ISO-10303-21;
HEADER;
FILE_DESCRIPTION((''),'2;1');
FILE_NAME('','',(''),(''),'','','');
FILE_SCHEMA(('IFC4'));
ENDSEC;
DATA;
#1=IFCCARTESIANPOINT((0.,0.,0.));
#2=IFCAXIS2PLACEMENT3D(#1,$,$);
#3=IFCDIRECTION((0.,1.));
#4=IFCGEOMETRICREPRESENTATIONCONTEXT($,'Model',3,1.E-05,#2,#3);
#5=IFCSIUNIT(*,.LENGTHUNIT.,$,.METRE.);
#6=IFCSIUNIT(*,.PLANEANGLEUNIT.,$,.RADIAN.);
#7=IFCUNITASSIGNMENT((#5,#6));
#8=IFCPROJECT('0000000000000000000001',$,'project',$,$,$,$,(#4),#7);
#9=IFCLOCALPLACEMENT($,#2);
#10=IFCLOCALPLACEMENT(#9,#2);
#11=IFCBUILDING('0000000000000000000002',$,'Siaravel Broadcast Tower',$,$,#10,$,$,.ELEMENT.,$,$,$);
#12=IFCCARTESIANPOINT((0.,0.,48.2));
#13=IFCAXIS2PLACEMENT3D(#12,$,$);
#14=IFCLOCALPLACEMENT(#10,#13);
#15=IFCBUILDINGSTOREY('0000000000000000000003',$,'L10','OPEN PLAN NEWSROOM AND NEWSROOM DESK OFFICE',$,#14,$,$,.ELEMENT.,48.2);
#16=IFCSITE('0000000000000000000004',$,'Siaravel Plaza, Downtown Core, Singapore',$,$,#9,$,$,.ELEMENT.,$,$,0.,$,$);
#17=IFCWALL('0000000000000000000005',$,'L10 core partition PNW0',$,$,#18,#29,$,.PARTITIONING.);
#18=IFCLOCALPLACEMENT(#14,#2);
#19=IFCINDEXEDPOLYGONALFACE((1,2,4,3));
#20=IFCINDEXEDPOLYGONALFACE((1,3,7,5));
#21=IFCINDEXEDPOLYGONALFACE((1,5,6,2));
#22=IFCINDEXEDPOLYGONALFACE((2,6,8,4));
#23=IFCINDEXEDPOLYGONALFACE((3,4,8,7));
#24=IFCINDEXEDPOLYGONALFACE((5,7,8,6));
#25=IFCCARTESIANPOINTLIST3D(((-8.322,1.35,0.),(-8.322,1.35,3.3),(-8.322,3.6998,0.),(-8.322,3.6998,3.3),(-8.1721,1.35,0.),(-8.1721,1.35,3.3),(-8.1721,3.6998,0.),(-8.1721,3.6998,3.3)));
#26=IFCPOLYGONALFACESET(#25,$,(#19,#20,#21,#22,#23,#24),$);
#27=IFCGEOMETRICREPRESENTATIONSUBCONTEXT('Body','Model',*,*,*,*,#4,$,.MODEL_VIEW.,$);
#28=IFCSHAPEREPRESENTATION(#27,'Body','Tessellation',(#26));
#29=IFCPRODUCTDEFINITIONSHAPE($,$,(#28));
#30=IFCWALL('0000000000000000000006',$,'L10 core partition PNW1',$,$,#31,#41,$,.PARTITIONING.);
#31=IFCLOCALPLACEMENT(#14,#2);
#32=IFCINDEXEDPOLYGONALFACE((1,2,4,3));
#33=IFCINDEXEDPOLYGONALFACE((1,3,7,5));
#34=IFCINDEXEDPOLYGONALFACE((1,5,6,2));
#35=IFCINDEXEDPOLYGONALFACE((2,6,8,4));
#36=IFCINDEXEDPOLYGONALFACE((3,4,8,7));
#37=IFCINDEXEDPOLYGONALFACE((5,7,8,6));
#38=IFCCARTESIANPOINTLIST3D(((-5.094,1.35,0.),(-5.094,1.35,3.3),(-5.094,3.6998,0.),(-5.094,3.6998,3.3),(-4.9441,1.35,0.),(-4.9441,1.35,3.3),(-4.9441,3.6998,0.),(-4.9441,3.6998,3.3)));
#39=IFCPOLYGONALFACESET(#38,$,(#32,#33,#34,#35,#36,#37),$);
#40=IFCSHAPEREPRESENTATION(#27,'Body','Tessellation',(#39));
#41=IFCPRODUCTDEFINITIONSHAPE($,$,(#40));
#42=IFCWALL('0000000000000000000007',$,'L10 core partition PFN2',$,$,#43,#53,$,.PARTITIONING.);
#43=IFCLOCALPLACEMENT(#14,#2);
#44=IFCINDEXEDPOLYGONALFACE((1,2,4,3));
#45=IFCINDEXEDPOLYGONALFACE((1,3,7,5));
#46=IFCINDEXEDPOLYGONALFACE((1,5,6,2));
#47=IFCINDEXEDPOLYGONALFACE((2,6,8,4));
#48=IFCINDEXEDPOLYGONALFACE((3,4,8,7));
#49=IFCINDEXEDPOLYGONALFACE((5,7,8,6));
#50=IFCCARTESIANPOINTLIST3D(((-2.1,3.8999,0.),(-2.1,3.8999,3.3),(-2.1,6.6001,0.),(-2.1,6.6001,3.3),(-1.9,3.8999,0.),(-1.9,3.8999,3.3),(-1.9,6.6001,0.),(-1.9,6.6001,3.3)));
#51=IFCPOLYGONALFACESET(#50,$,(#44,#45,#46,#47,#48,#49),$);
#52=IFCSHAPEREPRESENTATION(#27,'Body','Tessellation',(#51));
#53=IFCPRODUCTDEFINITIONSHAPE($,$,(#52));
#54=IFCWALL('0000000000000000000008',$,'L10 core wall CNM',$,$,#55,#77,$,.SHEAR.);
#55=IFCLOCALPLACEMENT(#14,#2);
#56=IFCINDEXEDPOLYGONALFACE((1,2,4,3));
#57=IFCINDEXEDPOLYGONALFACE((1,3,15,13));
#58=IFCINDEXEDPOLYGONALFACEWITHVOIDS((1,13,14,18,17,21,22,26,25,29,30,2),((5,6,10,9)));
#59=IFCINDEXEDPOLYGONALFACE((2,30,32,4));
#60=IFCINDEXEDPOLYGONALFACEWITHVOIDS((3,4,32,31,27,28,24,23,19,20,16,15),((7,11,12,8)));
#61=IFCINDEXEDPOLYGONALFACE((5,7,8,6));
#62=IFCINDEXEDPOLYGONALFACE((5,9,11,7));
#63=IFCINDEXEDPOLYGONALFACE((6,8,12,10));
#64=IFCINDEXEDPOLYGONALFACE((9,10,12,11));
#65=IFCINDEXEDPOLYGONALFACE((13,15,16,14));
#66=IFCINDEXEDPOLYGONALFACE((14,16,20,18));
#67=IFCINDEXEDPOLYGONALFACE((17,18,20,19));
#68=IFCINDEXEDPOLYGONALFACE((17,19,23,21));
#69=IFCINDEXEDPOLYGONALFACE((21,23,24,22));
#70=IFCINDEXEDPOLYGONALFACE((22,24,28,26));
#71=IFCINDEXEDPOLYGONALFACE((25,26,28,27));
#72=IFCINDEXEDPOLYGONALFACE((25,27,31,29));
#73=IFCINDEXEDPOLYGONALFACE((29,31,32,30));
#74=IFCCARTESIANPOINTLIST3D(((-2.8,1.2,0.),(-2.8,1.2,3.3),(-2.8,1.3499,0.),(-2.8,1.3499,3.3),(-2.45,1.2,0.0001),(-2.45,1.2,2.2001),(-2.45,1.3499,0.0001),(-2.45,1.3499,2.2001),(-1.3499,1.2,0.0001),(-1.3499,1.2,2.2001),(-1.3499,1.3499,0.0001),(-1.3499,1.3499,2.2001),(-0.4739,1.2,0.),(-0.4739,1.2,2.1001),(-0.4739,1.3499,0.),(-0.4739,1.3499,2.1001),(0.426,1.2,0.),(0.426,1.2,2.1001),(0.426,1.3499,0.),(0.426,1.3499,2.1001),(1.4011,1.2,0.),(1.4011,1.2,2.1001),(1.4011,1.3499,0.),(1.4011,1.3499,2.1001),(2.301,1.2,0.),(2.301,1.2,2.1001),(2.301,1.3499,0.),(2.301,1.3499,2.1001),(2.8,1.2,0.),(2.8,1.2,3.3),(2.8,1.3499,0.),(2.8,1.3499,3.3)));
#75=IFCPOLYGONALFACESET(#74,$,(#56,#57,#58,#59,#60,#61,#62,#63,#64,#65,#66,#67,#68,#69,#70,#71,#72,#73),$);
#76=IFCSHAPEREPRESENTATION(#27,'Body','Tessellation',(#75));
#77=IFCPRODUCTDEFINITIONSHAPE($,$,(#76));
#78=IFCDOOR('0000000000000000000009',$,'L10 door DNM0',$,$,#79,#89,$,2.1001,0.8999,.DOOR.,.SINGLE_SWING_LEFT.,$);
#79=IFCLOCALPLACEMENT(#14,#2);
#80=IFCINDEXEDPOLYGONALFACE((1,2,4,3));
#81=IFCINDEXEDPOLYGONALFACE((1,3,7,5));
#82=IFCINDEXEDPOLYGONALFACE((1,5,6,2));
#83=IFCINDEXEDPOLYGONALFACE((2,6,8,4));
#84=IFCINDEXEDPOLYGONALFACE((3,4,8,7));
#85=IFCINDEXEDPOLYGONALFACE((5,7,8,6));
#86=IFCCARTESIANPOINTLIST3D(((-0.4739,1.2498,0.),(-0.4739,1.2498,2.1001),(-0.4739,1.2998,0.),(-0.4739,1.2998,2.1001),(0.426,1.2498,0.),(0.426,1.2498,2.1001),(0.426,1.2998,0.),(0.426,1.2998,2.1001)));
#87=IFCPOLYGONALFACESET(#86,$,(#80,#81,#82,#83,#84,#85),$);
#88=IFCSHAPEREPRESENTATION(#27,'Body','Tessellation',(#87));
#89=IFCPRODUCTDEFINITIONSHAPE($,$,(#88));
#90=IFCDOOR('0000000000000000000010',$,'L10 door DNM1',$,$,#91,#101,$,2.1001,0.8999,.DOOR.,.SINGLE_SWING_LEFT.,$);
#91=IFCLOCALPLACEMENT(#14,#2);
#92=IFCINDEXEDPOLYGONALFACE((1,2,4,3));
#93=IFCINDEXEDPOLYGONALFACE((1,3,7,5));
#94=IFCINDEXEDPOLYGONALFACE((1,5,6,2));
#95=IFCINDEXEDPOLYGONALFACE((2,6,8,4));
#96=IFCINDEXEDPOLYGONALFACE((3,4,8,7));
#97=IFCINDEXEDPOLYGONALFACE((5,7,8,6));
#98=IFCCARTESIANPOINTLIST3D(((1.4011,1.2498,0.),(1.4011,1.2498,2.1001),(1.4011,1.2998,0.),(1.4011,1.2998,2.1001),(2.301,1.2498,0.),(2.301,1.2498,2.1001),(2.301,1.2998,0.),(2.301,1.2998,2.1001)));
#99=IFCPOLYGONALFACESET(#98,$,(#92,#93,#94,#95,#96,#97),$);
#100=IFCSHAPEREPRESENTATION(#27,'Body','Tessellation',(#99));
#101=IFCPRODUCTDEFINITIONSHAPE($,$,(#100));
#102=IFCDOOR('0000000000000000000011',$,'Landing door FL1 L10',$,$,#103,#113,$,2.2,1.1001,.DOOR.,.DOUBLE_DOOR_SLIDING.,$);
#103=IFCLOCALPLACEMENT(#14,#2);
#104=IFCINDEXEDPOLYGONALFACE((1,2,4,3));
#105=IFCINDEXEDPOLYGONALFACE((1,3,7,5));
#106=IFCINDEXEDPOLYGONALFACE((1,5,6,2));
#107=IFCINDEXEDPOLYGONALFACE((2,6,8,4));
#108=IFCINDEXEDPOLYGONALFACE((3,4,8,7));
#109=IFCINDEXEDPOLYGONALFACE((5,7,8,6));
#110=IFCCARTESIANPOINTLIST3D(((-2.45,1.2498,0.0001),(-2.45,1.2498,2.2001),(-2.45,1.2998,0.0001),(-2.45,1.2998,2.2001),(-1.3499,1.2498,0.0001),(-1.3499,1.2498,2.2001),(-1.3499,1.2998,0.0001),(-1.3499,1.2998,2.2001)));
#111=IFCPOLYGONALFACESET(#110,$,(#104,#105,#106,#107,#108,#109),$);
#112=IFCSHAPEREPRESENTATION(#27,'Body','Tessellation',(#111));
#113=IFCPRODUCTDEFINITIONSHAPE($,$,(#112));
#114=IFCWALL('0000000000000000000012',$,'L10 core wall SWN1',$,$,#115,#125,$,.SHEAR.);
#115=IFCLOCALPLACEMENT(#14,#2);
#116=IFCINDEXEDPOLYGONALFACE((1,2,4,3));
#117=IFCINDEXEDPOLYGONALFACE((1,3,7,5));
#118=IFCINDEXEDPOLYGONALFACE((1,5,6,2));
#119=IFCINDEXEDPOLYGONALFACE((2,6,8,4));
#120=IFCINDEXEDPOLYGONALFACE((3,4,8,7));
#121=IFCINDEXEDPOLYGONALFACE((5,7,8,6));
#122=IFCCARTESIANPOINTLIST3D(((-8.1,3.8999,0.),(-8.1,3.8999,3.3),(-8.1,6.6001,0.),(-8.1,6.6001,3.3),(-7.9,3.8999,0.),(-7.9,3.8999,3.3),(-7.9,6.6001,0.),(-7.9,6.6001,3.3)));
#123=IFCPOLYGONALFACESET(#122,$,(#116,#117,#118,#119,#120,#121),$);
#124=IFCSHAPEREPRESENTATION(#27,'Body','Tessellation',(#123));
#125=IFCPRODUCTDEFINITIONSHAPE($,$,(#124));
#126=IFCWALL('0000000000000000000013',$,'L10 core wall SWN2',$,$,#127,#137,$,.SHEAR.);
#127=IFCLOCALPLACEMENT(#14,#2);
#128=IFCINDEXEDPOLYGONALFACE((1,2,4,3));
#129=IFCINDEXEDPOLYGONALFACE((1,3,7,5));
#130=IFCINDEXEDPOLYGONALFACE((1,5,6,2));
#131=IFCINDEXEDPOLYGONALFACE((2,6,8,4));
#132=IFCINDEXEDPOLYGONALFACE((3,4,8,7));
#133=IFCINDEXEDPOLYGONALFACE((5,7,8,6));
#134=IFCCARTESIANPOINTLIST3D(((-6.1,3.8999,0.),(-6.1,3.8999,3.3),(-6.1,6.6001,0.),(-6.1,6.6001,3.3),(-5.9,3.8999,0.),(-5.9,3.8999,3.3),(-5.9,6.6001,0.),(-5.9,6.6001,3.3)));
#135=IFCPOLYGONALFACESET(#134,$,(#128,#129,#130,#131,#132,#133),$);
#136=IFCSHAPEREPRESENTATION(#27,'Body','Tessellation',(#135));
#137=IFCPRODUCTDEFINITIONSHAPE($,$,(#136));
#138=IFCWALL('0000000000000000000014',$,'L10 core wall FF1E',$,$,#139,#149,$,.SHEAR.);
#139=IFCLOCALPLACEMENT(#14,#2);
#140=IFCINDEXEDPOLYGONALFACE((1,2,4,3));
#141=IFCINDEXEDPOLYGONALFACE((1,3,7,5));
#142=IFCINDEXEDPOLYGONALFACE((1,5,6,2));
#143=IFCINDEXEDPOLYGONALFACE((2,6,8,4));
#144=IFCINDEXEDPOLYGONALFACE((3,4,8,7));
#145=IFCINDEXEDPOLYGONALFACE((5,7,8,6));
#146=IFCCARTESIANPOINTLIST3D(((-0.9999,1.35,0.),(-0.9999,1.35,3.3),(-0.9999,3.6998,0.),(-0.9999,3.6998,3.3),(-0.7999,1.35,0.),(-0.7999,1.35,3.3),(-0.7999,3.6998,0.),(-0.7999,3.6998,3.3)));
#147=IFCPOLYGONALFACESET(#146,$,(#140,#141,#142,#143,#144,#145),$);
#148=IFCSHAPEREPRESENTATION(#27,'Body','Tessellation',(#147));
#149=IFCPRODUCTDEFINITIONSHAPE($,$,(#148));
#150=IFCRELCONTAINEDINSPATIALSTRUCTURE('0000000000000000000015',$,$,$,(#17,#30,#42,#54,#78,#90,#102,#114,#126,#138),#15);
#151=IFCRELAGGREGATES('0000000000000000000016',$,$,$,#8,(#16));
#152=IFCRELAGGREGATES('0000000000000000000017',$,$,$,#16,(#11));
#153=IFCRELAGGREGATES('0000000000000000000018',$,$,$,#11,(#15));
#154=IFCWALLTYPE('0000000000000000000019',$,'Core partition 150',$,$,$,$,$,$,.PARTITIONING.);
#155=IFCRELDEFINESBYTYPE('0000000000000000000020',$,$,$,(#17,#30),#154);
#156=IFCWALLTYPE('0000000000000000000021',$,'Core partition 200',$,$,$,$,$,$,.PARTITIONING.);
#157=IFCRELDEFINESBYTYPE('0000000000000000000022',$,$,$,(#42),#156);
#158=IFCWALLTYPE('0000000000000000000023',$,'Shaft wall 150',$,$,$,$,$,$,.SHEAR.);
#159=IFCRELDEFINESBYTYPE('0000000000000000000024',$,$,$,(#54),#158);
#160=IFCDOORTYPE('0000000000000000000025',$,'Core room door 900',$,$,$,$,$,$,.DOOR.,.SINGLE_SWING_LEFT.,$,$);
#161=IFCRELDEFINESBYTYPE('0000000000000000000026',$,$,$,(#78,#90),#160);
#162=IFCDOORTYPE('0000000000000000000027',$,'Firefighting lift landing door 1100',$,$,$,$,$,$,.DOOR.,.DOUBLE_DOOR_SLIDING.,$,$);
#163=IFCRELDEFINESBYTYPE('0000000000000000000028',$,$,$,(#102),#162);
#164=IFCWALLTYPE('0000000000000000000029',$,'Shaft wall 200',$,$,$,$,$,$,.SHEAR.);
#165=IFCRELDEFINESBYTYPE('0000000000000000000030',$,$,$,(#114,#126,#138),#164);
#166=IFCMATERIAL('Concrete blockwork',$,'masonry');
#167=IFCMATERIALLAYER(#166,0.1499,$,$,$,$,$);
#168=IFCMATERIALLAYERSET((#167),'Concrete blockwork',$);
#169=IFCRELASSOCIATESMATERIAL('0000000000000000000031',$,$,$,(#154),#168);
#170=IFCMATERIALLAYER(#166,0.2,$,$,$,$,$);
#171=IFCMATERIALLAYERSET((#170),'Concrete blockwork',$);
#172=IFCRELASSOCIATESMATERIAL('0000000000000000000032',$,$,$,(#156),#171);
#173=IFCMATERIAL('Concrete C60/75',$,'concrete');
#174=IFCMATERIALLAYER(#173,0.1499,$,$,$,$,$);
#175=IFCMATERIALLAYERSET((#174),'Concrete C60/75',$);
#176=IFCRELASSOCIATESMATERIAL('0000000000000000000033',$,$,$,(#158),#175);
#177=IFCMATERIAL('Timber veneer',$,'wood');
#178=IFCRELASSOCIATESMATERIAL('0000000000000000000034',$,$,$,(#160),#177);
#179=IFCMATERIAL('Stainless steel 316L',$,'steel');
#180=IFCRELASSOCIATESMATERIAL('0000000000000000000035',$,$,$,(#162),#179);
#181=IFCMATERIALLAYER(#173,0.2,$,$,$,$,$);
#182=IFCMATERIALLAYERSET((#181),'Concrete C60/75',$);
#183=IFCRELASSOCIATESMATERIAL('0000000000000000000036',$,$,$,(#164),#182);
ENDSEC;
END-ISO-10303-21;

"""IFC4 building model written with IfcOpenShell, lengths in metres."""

from ifc_helpers import new_model, si_unit, direction, frame, frame_2d, origin, place, context, subcontext, project, spatial, rectangle, extrude, material, layer, layer_set, type_object, element, fill, save


model = new_model("IFC4")

# Units and contexts
model_context = context("Model", 3, precision=1e-05, world=origin(), true_north=direction((0.0, 1.0)))
body_context = subcontext(model_context, "Body", "Model", "MODEL_VIEW")
ifc_project = project(units=[si_unit("LENGTHUNIT", "METRE"), si_unit("PLANEANGLEUNIT", "RADIAN")], contexts=[model_context])

# Site, building, storey
site_placement = place(None, origin())
site = spatial("IfcSite", under=ifc_project, at=site_placement, Name="Siaravel Plaza, Downtown Core, Singapore", CompositionType="ELEMENT", RefElevation=0.0)
building_placement = place(site_placement, origin())
building = spatial("IfcBuilding", under=site, at=building_placement, Name="Siaravel Broadcast Tower", CompositionType="ELEMENT")
storey_placement = place(building_placement, frame((0.0, 0.0, 48.2)))
storey = spatial("IfcBuildingStorey", under=building, at=storey_placement, Name="L10", Description="OPEN PLAN NEWSROOM AND NEWSROOM DESK OFFICE", CompositionType="ELEMENT", Elevation=48.2)

# Walls
ifc_material_1 = material(Name="Concrete blockwork", Category="masonry")
ifc_layer_1 = layer(ifc_material_1, 0.1499)
ifc_layer_set_1 = layer_set([ifc_layer_1], Name="Concrete blockwork")
wall_type_1 = type_object("IfcWallType", Name="Core partition 150", PredefinedType="PARTITIONING", material=ifc_layer_set_1)
for number, where, z_axis, x_axis, name in (
    (1, (-8.2471, 1.3501, 0.0), (0.0, 0.0, 1.0), (0.0, 1.0, 0.0), "L10 core partition PNW0"),
    (2, (-5.019, 1.3501, 0.0), (0.0, 0.0, 1.0), (0.0, 1.0, 0.0), "L10 core partition PNW1"),
):
    element("IfcWall", number, at=place(storey_placement, frame(where, z_axis=z_axis, x_axis=x_axis)), inside=storey, type_object=wall_type_1, Name=name, PredefinedType="PARTITIONING", context=body_context, shape_type="SweptSolid", body=[
        extrude(rectangle(XDim=2.3499, YDim=0.1499, at=frame_2d((1.1748, 0.0))), origin(), (0.0, 0.0, 1.0), 3.3),
    ])
ifc_layer_2 = layer(ifc_material_1, 0.2)
ifc_layer_set_2 = layer_set([ifc_layer_2], Name="Concrete blockwork")
wall_type_2 = type_object("IfcWallType", Name="Core partition 200", PredefinedType="PARTITIONING", material=ifc_layer_set_2)
wall_1_placement = place(storey_placement, frame((-2.0, 3.8999, 0.0), z_axis=(0.0, 0.0, 1.0), x_axis=(0.0, 1.0, 0.0)))
element("IfcWall", 3, at=wall_1_placement, inside=storey, type_object=wall_type_2, Name="L10 core partition PFN2", PredefinedType="PARTITIONING", context=body_context, shape_type="SweptSolid", body=[
    extrude(rectangle(XDim=2.7002, YDim=0.2, at=frame_2d((1.3501, 0.0))), origin(), (0.0, 0.0, 1.0), 3.3),
])

# Wall, openings, doors
ifc_material_2 = material(Name="Concrete C60/75", Category="concrete")
ifc_layer_3 = layer(ifc_material_2, 0.1499)
ifc_layer_set_3 = layer_set([ifc_layer_3], Name="Concrete C60/75")
wall_type_3 = type_object("IfcWallType", Name="Shaft wall 150", PredefinedType="SHEAR", material=ifc_layer_set_3)
wall_2_placement = place(storey_placement, frame((-2.8, 1.2749, 0.0), z_axis=(0.0, 0.0, 1.0), x_axis=(1.0, 0.0, 0.0)))
wall_2 = element("IfcWall", 4, at=wall_2_placement, inside=storey, type_object=wall_type_3, Name="L10 core wall CNM", PredefinedType="SHEAR", context=body_context, shape_type="SweptSolid", body=[
    extrude(rectangle(XDim=5.6001, YDim=0.1499, at=frame_2d((2.8, 0.0))), origin(), (0.0, 0.0, 1.0), 3.3),
])
opening_1_placement = place(wall_2_placement, frame((0.3501, 0.0, 0.0)))
opening_1 = element("IfcOpeningElement", 5, at=opening_1_placement, cuts=wall_2, PredefinedType="OPENING", context=body_context, shape_type="SweptSolid", body=[
    extrude(rectangle(XDim=1.1001, YDim=2.2, at=frame_2d((0.55, 1.1001))), frame((0.0, 0.085, 0.0), z_axis=(0.0, -1.0, 0.0), x_axis=(1.0, 0.0, 0.0)), (0.0, 0.0, 1.0), 0.1699),
])
opening_2_placement = place(wall_2_placement, frame((2.3262, 0.0, 0.0)))
opening_2 = element("IfcOpeningElement", 6, at=opening_2_placement, cuts=wall_2, PredefinedType="OPENING", context=body_context, shape_type="SweptSolid", body=[
    extrude(rectangle(XDim=0.8999, YDim=2.1001, at=frame_2d((0.45, 1.05))), frame((0.0, 0.085, 0.0), z_axis=(0.0, -1.0, 0.0), x_axis=(1.0, 0.0, 0.0)), (0.0, 0.0, 1.0), 0.1699),
])
opening_3_placement = place(wall_2_placement, frame((4.2012, 0.0, 0.0)))
opening_3 = element("IfcOpeningElement", 7, at=opening_3_placement, cuts=wall_2, PredefinedType="OPENING", context=body_context, shape_type="SweptSolid", body=[
    extrude(rectangle(XDim=0.8999, YDim=2.1001, at=frame_2d((0.45, 1.05))), frame((0.0, 0.085, 0.0), z_axis=(0.0, -1.0, 0.0), x_axis=(1.0, 0.0, 0.0)), (0.0, 0.0, 1.0), 0.1699),
])
ifc_material_3 = material(Name="Timber veneer", Category="wood")
door_type_1 = type_object("IfcDoorType", Name="Core room door 900", OperationType="SINGLE_SWING_LEFT", PredefinedType="DOOR", material=ifc_material_3)
door_1_placement = place(opening_2_placement, origin())
door_1 = element("IfcDoor", 8, at=door_1_placement, inside=storey, type_object=door_type_1, Name="L10 door DNM0", OperationType="SINGLE_SWING_LEFT", OverallHeight=2.1001, OverallWidth=0.8999, PredefinedType="DOOR", context=body_context, shape_type="SweptSolid", body=[
    extrude(rectangle(XDim=0.8999, YDim=2.1001, at=frame_2d((0.45, 1.05))), frame((0.0, 0.0249, 0.0), z_axis=(0.0, -1.0, 0.0), x_axis=(1.0, 0.0, 0.0)), (0.0, 0.0, 1.0), 0.05),
])
fill(opening_2, door_1)
door_2_placement = place(opening_3_placement, origin())
door_2 = element("IfcDoor", 9, at=door_2_placement, inside=storey, type_object=door_type_1, Name="L10 door DNM1", OperationType="SINGLE_SWING_LEFT", OverallHeight=2.1001, OverallWidth=0.8999, PredefinedType="DOOR", context=body_context, shape_type="SweptSolid", body=[
    extrude(rectangle(XDim=0.8999, YDim=2.1001, at=frame_2d((0.45, 1.05))), frame((0.0, 0.0249, 0.0), z_axis=(0.0, -1.0, 0.0), x_axis=(1.0, 0.0, 0.0)), (0.0, 0.0, 1.0), 0.05),
])
fill(opening_3, door_2)
ifc_material_4 = material(Name="Stainless steel 316L", Category="steel")
door_type_2 = type_object("IfcDoorType", Name="Firefighting lift landing door 1100", OperationType="DOUBLE_DOOR_SLIDING", PredefinedType="DOOR", material=ifc_material_4)
door_3_placement = place(opening_1_placement, origin())
door_3 = element("IfcDoor", 10, at=door_3_placement, inside=storey, type_object=door_type_2, Name="Landing door FL1 L10", OperationType="DOUBLE_DOOR_SLIDING", OverallHeight=2.2, OverallWidth=1.1001, PredefinedType="DOOR", context=body_context, shape_type="SweptSolid", body=[
    extrude(rectangle(XDim=1.1001, YDim=2.2, at=frame_2d((0.55, 1.1001))), frame((0.0, 0.0249, 0.0), z_axis=(0.0, -1.0, 0.0), x_axis=(1.0, 0.0, 0.0)), (0.0, 0.0, 1.0), 0.05),
])
fill(opening_1, door_3)

# Walls
ifc_layer_4 = layer(ifc_material_2, 0.2)
ifc_layer_set_4 = layer_set([ifc_layer_4], Name="Concrete C60/75")
wall_type_4 = type_object("IfcWallType", Name="Shaft wall 200", PredefinedType="SHEAR", material=ifc_layer_set_4)
for number, where, z_axis, x_axis, name in (
    (11, (-8.0, 3.8999, 0.0), (0.0, 0.0, 1.0), (0.0, 1.0, 0.0), "L10 core wall SWN1"),
    (12, (-6.0, 3.8999, 0.0), (0.0, 0.0, 1.0), (0.0, 1.0, 0.0), "L10 core wall SWN2"),
):
    element("IfcWall", number, at=place(storey_placement, frame(where, z_axis=z_axis, x_axis=x_axis)), inside=storey, type_object=wall_type_4, Name=name, PredefinedType="SHEAR", context=body_context, shape_type="SweptSolid", body=[
        extrude(rectangle(XDim=2.7002, YDim=0.2, at=frame_2d((1.3501, 0.0))), origin(), (0.0, 0.0, 1.0), 3.3),
    ])
wall_3_placement = place(storey_placement, frame((-0.8999, 1.3501, 0.0), z_axis=(0.0, 0.0, 1.0), x_axis=(0.0, 1.0, 0.0)))
element("IfcWall", 13, at=wall_3_placement, inside=storey, type_object=wall_type_4, Name="L10 core wall FF1E", PredefinedType="SHEAR", context=body_context, shape_type="SweptSolid", body=[
    extrude(rectangle(XDim=2.3499, YDim=0.2, at=frame_2d((1.1748, 0.0))), origin(), (0.0, 0.0, 1.0), 3.3),
])

save(model, "model.ifc")
